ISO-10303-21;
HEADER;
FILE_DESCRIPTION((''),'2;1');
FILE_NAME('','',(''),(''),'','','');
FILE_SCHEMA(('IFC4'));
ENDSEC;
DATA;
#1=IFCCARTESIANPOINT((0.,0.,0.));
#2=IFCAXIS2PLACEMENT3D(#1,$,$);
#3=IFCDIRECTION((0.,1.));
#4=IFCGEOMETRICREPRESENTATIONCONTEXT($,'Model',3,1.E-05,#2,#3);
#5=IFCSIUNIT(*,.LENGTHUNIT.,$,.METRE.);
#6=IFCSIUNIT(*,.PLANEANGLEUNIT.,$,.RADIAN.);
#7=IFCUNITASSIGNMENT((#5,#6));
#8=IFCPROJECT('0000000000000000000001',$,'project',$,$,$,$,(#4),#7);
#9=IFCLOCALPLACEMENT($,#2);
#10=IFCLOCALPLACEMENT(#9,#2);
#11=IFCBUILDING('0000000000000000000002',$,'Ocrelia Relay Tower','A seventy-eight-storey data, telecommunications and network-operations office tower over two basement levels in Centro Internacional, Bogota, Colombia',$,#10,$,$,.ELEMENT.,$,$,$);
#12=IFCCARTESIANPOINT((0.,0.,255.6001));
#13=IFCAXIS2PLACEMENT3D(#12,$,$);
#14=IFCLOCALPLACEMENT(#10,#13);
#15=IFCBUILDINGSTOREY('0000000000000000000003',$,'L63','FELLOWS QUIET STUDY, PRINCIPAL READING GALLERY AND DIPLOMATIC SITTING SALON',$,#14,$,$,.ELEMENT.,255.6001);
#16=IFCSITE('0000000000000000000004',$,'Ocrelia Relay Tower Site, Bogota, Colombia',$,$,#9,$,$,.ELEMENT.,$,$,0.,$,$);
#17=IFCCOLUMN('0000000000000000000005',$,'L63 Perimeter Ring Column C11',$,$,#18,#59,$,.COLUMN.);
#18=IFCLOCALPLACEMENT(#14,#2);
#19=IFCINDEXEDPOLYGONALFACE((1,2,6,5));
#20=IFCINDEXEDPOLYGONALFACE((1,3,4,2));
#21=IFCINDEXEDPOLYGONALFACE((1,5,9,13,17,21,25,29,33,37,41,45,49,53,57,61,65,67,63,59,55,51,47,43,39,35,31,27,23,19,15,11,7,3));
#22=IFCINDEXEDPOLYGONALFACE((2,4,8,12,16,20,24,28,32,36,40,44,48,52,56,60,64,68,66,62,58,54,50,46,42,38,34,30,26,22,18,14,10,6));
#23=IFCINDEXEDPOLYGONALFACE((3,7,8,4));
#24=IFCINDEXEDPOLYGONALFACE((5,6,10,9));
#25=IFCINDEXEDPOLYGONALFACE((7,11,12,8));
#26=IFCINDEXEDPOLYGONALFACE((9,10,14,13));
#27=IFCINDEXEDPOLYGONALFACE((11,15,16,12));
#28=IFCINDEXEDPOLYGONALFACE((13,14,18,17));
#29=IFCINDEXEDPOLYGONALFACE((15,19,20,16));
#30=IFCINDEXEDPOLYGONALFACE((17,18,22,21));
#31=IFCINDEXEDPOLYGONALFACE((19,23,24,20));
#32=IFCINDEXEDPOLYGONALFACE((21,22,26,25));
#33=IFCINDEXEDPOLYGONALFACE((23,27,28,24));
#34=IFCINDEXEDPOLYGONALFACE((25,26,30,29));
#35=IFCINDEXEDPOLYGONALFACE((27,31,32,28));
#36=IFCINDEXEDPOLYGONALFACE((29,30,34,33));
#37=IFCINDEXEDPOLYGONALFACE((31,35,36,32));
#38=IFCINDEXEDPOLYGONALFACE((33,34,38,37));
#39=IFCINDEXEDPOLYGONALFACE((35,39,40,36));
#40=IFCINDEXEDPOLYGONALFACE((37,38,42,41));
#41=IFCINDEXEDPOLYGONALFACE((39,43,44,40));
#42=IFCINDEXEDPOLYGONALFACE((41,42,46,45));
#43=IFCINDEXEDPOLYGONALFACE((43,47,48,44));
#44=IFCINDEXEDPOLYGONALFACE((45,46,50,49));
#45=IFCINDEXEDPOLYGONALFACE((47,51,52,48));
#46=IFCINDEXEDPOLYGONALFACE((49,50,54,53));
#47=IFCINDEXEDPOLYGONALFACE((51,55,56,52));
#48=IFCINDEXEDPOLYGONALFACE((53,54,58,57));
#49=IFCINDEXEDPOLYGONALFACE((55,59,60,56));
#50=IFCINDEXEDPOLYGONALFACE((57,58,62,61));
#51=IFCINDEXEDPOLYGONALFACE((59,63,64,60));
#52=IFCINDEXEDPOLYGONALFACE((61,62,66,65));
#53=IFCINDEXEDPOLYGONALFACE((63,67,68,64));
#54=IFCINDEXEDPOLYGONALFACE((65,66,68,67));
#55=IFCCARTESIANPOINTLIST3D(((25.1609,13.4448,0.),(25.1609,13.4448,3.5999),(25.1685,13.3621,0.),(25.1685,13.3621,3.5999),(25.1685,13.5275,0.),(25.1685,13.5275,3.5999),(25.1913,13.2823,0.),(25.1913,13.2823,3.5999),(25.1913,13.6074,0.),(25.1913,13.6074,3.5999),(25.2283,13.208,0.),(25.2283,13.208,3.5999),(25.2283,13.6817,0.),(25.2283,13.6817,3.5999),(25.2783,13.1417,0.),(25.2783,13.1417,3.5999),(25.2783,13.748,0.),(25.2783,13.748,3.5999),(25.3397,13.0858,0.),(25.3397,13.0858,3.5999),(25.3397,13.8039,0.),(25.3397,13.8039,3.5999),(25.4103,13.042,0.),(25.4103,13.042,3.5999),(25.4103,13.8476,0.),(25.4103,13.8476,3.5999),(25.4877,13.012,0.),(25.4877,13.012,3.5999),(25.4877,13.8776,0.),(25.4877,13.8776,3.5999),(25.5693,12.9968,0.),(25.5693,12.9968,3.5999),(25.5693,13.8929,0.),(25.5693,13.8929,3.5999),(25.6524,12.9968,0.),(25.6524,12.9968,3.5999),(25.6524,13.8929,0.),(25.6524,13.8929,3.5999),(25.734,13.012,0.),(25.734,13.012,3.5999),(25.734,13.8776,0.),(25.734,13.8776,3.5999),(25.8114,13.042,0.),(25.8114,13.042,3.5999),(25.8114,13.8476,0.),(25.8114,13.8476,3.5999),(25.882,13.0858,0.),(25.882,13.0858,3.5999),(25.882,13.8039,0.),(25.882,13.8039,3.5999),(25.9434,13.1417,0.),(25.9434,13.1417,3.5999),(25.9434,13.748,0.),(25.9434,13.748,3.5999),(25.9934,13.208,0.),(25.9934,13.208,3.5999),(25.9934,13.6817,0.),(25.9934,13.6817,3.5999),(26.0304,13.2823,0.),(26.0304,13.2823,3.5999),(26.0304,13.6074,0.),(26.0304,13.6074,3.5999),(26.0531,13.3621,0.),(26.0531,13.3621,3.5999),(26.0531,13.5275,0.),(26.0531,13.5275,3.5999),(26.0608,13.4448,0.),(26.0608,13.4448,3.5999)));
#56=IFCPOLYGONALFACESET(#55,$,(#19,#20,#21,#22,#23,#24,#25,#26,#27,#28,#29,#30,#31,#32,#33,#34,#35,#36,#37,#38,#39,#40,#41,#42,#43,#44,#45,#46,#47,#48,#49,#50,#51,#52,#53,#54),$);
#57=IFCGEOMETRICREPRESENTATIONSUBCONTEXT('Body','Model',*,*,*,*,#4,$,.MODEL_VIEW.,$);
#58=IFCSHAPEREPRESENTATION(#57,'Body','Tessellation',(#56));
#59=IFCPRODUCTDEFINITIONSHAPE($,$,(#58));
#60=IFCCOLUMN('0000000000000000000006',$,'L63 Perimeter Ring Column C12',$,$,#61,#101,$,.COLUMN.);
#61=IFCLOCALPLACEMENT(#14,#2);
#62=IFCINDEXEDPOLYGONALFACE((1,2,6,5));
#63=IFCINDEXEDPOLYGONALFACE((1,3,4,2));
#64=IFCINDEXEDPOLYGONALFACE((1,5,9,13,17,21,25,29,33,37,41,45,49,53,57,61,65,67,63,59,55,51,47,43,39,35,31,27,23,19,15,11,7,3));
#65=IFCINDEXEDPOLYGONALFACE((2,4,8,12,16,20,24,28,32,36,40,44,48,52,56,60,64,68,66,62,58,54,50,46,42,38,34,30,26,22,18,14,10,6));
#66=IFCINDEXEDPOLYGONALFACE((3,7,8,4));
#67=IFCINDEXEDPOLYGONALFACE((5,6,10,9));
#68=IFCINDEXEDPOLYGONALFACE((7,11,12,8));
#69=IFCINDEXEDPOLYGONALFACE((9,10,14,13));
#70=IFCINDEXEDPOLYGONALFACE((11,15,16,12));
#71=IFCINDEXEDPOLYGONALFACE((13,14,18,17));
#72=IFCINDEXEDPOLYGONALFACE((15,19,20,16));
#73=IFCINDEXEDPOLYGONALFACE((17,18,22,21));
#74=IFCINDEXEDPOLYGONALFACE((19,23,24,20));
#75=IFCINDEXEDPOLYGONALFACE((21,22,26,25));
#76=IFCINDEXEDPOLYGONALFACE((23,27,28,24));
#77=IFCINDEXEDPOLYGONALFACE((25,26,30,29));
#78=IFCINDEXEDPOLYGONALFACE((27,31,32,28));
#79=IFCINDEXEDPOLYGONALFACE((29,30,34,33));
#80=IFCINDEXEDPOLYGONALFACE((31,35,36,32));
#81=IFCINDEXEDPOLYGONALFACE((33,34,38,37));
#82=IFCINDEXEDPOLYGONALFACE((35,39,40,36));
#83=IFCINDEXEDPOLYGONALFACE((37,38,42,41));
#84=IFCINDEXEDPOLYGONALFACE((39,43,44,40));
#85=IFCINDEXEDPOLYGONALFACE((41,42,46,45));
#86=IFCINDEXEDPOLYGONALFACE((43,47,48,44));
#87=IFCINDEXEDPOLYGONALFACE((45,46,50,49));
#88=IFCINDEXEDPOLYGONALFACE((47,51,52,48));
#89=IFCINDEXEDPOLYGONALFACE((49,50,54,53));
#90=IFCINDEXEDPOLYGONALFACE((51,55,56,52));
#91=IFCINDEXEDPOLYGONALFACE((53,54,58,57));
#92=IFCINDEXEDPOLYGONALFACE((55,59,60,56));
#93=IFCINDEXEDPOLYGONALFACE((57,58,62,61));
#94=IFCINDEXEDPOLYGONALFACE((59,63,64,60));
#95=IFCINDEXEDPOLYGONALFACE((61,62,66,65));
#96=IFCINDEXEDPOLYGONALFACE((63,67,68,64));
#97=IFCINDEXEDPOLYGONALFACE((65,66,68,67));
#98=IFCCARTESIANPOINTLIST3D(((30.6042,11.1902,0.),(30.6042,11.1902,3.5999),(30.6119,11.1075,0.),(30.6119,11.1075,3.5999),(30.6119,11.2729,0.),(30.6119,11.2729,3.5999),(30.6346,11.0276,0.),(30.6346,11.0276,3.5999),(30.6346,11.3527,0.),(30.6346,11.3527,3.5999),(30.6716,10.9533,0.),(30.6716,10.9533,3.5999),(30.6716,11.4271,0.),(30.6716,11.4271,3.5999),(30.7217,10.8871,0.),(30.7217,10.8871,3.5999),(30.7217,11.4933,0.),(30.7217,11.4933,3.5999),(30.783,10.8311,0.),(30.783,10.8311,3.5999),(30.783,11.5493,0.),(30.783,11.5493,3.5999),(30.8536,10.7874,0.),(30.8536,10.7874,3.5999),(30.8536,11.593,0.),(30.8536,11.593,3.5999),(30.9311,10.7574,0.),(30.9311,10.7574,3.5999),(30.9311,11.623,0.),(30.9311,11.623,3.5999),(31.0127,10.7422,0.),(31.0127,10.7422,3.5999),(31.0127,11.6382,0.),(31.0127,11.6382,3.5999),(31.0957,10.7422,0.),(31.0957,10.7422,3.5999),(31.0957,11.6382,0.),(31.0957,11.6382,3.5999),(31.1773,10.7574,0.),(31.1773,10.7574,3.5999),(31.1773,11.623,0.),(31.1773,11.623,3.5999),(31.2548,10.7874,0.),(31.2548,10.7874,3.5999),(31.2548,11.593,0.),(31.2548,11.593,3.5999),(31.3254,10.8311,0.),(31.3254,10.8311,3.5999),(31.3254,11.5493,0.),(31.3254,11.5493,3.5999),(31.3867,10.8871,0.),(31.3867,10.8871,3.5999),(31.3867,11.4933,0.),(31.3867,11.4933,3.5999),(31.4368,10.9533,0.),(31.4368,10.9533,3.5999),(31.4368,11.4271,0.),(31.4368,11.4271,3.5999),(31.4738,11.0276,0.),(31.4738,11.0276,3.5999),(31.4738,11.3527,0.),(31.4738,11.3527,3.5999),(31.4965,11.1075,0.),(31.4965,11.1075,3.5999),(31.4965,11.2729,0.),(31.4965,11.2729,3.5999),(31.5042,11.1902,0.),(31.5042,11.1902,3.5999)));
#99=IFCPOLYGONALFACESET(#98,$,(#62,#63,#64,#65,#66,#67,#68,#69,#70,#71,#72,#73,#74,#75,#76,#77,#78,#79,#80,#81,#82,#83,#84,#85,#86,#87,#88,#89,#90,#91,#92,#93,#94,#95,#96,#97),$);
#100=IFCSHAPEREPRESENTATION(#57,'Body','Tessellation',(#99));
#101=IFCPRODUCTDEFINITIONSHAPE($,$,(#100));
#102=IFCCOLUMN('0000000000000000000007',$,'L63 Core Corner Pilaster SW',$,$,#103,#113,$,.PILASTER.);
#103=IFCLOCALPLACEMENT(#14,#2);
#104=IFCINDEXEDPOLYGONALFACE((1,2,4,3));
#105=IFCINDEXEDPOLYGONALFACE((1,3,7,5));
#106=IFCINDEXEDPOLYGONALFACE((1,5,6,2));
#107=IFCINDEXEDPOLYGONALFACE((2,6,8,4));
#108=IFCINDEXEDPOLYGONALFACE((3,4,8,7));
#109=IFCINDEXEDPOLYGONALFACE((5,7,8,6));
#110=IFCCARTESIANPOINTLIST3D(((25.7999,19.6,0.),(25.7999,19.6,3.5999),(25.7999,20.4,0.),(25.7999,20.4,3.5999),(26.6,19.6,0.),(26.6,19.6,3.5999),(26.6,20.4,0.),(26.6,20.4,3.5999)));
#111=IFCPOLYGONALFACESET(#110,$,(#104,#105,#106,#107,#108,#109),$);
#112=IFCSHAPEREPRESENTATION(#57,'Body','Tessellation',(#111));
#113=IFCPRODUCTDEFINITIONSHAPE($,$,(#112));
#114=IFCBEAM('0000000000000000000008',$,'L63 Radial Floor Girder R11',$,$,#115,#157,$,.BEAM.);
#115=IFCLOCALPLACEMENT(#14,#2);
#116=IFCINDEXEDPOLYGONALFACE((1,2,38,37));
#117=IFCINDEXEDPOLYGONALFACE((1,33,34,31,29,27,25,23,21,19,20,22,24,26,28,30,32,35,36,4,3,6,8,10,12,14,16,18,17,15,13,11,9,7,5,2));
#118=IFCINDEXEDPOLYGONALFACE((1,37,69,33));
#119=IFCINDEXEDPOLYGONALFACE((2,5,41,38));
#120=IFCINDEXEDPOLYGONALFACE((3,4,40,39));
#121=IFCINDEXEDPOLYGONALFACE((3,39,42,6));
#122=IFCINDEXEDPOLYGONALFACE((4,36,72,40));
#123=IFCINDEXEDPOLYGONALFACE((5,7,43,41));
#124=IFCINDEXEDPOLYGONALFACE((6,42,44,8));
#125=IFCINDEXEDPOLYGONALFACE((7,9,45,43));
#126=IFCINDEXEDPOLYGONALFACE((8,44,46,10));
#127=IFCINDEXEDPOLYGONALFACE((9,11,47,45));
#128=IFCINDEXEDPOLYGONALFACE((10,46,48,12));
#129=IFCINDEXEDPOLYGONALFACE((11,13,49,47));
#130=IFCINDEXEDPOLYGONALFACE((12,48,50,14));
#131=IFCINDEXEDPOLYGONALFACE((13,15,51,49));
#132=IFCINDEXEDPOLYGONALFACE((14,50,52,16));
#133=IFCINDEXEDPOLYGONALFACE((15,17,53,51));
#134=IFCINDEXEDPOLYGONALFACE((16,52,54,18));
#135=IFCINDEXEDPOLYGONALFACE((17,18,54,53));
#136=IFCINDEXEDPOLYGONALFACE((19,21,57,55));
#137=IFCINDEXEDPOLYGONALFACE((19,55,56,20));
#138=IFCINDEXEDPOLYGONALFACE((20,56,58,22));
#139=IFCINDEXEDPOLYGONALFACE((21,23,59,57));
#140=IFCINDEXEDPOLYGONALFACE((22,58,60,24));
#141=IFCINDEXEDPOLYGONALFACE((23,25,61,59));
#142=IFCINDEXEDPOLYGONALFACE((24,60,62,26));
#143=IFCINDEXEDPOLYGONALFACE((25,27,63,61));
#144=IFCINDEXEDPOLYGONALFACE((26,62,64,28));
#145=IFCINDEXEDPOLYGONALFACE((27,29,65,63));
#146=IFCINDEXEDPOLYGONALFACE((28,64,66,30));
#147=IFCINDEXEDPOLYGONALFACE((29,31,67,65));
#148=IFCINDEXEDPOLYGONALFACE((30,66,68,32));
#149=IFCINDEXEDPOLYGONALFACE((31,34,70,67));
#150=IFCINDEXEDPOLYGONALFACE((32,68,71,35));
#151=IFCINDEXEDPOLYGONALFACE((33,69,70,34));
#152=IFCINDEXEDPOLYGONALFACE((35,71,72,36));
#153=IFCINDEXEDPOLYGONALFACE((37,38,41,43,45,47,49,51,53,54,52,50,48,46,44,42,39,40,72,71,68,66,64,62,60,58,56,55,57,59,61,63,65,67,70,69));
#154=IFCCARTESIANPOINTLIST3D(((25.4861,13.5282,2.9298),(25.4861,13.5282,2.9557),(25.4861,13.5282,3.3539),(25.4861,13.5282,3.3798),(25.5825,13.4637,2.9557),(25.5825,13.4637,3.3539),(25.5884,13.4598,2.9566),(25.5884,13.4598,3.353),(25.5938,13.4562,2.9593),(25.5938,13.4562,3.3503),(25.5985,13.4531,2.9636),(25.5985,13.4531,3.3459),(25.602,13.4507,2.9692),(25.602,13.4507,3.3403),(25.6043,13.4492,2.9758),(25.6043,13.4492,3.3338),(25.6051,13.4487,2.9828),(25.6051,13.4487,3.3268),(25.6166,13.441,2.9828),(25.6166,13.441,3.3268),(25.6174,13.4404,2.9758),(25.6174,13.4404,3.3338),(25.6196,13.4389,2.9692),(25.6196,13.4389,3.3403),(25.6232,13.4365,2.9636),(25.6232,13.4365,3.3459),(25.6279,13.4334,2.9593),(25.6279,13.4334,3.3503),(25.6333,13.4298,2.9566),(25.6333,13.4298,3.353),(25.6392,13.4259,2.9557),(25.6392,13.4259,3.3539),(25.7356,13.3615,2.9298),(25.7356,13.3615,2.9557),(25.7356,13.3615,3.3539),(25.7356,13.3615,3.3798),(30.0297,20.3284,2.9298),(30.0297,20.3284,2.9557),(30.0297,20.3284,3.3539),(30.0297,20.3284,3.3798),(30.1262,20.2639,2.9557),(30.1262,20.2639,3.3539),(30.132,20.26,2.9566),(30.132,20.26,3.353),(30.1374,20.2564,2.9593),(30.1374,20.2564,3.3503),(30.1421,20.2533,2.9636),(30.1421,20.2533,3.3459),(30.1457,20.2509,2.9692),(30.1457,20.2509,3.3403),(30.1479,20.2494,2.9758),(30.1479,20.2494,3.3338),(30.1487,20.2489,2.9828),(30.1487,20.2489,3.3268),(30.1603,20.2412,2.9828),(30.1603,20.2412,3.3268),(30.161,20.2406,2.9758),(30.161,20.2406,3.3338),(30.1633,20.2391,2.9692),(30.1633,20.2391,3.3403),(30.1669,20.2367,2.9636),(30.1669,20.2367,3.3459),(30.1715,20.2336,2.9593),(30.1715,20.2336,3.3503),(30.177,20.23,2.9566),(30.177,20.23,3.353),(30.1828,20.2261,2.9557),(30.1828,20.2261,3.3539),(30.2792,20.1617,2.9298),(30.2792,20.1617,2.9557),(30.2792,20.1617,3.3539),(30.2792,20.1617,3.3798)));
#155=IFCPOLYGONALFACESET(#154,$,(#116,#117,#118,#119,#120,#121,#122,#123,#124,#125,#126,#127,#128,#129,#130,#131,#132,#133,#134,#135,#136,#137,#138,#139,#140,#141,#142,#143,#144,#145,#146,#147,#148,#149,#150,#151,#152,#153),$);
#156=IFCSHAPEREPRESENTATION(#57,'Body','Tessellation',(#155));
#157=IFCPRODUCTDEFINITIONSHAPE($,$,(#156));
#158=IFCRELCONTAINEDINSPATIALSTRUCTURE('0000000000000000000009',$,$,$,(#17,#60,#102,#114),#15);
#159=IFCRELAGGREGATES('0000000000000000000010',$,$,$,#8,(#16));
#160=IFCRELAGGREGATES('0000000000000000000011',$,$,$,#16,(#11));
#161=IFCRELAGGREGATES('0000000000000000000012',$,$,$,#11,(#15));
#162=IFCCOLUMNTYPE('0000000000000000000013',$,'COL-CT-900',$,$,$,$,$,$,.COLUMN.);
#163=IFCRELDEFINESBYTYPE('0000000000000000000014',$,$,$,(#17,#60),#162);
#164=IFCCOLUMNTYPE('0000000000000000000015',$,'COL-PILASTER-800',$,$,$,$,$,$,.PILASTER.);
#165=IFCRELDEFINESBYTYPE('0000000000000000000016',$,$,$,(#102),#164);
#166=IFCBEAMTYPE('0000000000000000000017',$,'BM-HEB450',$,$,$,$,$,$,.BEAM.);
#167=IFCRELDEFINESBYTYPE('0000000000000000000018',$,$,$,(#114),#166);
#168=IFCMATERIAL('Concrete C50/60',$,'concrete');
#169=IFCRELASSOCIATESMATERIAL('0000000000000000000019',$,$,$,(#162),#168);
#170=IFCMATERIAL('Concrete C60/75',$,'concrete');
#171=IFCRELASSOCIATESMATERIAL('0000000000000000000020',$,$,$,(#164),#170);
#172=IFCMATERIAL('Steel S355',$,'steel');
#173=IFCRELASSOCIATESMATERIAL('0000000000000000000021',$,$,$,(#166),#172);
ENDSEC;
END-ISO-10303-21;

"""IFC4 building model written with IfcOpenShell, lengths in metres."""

from ifc_helpers import new_model, si_unit, direction, frame, origin, origin_2d, place, context, subcontext, project, spatial, rectangle, circle, i_section, extrude, material, material_profile, profile_set, type_object, element, save


model = new_model("IFC4")

# Units and contexts
model_context = context("Model", 3, precision=1e-05, world=origin(), true_north=direction((0.0, 1.0)))
body_context = subcontext(model_context, "Body", "Model", "MODEL_VIEW")
ifc_project = project(units=[si_unit("LENGTHUNIT", "METRE"), si_unit("PLANEANGLEUNIT", "RADIAN")], contexts=[model_context])

# Site, building, storey
site_placement = place(None, origin())
site = spatial("IfcSite", under=ifc_project, at=site_placement, Name="Ocrelia Relay Tower Site, Bogota, Colombia", CompositionType="ELEMENT", RefElevation=0.0)
building_placement = place(site_placement, origin())
building = spatial("IfcBuilding", under=site, at=building_placement, Name="Ocrelia Relay Tower", Description="A seventy-eight-storey data, telecommunications and network-operations office tower over two basement levels in Centro Internacional, Bogota, Colombia", CompositionType="ELEMENT")
storey_placement = place(building_placement, frame((0.0, 0.0, 255.6001)))
storey = spatial("IfcBuildingStorey", under=building, at=storey_placement, Name="L63", Description="FELLOWS QUIET STUDY, PRINCIPAL READING GALLERY AND DIPLOMATIC SITTING SALON", CompositionType="ELEMENT", Elevation=255.6001)

# Columns
ifc_material_1 = material(Name="Concrete C50/60", Category="concrete")
ifc_material_profile_1 = material_profile(ifc_material_1, circle(Radius=0.45, at=origin_2d()), Name="RC-CIR-900")
ifc_profile_set_1 = profile_set([ifc_material_profile_1], Name="Concrete C50/60")
column_type_1 = type_object("IfcColumnType", Name="COL-CT-900", PredefinedType="COLUMN", material=ifc_profile_set_1)
for number, where, z_axis, x_axis, name in (
    (1, (25.6108, 13.4448, 0.0), (0.0, 0.0, 1.0), (1.0, 0.0, 0.0), "L63 Perimeter Ring Column C11"),
    (2, (31.0542, 11.1902, 0.0), (0.0, 0.0, 1.0), (1.0, 0.0, 0.0), "L63 Perimeter Ring Column C12"),
):
    element("IfcColumn", number, at=place(storey_placement, frame(where, z_axis=z_axis, x_axis=x_axis)), inside=storey, type_object=column_type_1, Name=name, PredefinedType="COLUMN", context=body_context, shape_type="SweptSolid", body=[
        extrude(circle(Radius=0.45, at=origin_2d()), origin(), (0.0, 0.0, 1.0), 3.5999),
    ])
ifc_material_2 = material(Name="Concrete C60/75", Category="concrete")
ifc_material_profile_2 = material_profile(ifc_material_2, rectangle(XDim=0.8, YDim=0.8, at=origin_2d()), Name="RC-COL-800x800")
ifc_profile_set_2 = profile_set([ifc_material_profile_2], Name="Concrete C60/75")
column_type_2 = type_object("IfcColumnType", Name="COL-PILASTER-800", PredefinedType="PILASTER", material=ifc_profile_set_2)
column_placement = place(storey_placement, frame((26.2, 20.0, 0.0), z_axis=(0.0, 0.0, 1.0), x_axis=(1.0, 0.0, 0.0)))
element("IfcColumn", 3, at=column_placement, inside=storey, type_object=column_type_2, Name="L63 Core Corner Pilaster SW", PredefinedType="PILASTER", context=body_context, shape_type="SweptSolid", body=[
    extrude(rectangle(XDim=0.8, YDim=0.8, at=origin_2d()), origin(), (0.0, 0.0, 1.0), 3.5999),
])

# Beam
ifc_material_3 = material(Name="Steel S355", Category="steel")
ifc_material_profile_3 = material_profile(ifc_material_3, i_section(OverallWidth=0.3, OverallDepth=0.45, WebThickness=0.0139, FlangeThickness=0.0259, FilletRadius=0.0271, at=origin_2d()), Name="HEB 450")
ifc_profile_set_3 = profile_set([ifc_material_profile_3], Name="Steel S355")
beam_type_1 = type_object("IfcBeamType", Name="BM-HEB450", PredefinedType="BEAM", material=ifc_profile_set_3)
beam_1_placement = place(storey_placement, frame((25.6108, 13.4448, 3.1548), z_axis=(0.555561, 0.831476, 0.0), x_axis=(-0.831476, 0.555561, 0.0)))
element("IfcBeam", 4, at=beam_1_placement, inside=storey, type_object=beam_type_1, Name="L63 Radial Floor Girder R11", PredefinedType="BEAM", context=body_context, shape_type="SweptSolid", body=[
    extrude(i_section(OverallWidth=0.3, OverallDepth=0.45, WebThickness=0.0139, FlangeThickness=0.0259, FilletRadius=0.0271, at=origin_2d()), origin(), (0.0, 0.0, 1.0), 8.1785),
])

save(model, "model.ifc")
